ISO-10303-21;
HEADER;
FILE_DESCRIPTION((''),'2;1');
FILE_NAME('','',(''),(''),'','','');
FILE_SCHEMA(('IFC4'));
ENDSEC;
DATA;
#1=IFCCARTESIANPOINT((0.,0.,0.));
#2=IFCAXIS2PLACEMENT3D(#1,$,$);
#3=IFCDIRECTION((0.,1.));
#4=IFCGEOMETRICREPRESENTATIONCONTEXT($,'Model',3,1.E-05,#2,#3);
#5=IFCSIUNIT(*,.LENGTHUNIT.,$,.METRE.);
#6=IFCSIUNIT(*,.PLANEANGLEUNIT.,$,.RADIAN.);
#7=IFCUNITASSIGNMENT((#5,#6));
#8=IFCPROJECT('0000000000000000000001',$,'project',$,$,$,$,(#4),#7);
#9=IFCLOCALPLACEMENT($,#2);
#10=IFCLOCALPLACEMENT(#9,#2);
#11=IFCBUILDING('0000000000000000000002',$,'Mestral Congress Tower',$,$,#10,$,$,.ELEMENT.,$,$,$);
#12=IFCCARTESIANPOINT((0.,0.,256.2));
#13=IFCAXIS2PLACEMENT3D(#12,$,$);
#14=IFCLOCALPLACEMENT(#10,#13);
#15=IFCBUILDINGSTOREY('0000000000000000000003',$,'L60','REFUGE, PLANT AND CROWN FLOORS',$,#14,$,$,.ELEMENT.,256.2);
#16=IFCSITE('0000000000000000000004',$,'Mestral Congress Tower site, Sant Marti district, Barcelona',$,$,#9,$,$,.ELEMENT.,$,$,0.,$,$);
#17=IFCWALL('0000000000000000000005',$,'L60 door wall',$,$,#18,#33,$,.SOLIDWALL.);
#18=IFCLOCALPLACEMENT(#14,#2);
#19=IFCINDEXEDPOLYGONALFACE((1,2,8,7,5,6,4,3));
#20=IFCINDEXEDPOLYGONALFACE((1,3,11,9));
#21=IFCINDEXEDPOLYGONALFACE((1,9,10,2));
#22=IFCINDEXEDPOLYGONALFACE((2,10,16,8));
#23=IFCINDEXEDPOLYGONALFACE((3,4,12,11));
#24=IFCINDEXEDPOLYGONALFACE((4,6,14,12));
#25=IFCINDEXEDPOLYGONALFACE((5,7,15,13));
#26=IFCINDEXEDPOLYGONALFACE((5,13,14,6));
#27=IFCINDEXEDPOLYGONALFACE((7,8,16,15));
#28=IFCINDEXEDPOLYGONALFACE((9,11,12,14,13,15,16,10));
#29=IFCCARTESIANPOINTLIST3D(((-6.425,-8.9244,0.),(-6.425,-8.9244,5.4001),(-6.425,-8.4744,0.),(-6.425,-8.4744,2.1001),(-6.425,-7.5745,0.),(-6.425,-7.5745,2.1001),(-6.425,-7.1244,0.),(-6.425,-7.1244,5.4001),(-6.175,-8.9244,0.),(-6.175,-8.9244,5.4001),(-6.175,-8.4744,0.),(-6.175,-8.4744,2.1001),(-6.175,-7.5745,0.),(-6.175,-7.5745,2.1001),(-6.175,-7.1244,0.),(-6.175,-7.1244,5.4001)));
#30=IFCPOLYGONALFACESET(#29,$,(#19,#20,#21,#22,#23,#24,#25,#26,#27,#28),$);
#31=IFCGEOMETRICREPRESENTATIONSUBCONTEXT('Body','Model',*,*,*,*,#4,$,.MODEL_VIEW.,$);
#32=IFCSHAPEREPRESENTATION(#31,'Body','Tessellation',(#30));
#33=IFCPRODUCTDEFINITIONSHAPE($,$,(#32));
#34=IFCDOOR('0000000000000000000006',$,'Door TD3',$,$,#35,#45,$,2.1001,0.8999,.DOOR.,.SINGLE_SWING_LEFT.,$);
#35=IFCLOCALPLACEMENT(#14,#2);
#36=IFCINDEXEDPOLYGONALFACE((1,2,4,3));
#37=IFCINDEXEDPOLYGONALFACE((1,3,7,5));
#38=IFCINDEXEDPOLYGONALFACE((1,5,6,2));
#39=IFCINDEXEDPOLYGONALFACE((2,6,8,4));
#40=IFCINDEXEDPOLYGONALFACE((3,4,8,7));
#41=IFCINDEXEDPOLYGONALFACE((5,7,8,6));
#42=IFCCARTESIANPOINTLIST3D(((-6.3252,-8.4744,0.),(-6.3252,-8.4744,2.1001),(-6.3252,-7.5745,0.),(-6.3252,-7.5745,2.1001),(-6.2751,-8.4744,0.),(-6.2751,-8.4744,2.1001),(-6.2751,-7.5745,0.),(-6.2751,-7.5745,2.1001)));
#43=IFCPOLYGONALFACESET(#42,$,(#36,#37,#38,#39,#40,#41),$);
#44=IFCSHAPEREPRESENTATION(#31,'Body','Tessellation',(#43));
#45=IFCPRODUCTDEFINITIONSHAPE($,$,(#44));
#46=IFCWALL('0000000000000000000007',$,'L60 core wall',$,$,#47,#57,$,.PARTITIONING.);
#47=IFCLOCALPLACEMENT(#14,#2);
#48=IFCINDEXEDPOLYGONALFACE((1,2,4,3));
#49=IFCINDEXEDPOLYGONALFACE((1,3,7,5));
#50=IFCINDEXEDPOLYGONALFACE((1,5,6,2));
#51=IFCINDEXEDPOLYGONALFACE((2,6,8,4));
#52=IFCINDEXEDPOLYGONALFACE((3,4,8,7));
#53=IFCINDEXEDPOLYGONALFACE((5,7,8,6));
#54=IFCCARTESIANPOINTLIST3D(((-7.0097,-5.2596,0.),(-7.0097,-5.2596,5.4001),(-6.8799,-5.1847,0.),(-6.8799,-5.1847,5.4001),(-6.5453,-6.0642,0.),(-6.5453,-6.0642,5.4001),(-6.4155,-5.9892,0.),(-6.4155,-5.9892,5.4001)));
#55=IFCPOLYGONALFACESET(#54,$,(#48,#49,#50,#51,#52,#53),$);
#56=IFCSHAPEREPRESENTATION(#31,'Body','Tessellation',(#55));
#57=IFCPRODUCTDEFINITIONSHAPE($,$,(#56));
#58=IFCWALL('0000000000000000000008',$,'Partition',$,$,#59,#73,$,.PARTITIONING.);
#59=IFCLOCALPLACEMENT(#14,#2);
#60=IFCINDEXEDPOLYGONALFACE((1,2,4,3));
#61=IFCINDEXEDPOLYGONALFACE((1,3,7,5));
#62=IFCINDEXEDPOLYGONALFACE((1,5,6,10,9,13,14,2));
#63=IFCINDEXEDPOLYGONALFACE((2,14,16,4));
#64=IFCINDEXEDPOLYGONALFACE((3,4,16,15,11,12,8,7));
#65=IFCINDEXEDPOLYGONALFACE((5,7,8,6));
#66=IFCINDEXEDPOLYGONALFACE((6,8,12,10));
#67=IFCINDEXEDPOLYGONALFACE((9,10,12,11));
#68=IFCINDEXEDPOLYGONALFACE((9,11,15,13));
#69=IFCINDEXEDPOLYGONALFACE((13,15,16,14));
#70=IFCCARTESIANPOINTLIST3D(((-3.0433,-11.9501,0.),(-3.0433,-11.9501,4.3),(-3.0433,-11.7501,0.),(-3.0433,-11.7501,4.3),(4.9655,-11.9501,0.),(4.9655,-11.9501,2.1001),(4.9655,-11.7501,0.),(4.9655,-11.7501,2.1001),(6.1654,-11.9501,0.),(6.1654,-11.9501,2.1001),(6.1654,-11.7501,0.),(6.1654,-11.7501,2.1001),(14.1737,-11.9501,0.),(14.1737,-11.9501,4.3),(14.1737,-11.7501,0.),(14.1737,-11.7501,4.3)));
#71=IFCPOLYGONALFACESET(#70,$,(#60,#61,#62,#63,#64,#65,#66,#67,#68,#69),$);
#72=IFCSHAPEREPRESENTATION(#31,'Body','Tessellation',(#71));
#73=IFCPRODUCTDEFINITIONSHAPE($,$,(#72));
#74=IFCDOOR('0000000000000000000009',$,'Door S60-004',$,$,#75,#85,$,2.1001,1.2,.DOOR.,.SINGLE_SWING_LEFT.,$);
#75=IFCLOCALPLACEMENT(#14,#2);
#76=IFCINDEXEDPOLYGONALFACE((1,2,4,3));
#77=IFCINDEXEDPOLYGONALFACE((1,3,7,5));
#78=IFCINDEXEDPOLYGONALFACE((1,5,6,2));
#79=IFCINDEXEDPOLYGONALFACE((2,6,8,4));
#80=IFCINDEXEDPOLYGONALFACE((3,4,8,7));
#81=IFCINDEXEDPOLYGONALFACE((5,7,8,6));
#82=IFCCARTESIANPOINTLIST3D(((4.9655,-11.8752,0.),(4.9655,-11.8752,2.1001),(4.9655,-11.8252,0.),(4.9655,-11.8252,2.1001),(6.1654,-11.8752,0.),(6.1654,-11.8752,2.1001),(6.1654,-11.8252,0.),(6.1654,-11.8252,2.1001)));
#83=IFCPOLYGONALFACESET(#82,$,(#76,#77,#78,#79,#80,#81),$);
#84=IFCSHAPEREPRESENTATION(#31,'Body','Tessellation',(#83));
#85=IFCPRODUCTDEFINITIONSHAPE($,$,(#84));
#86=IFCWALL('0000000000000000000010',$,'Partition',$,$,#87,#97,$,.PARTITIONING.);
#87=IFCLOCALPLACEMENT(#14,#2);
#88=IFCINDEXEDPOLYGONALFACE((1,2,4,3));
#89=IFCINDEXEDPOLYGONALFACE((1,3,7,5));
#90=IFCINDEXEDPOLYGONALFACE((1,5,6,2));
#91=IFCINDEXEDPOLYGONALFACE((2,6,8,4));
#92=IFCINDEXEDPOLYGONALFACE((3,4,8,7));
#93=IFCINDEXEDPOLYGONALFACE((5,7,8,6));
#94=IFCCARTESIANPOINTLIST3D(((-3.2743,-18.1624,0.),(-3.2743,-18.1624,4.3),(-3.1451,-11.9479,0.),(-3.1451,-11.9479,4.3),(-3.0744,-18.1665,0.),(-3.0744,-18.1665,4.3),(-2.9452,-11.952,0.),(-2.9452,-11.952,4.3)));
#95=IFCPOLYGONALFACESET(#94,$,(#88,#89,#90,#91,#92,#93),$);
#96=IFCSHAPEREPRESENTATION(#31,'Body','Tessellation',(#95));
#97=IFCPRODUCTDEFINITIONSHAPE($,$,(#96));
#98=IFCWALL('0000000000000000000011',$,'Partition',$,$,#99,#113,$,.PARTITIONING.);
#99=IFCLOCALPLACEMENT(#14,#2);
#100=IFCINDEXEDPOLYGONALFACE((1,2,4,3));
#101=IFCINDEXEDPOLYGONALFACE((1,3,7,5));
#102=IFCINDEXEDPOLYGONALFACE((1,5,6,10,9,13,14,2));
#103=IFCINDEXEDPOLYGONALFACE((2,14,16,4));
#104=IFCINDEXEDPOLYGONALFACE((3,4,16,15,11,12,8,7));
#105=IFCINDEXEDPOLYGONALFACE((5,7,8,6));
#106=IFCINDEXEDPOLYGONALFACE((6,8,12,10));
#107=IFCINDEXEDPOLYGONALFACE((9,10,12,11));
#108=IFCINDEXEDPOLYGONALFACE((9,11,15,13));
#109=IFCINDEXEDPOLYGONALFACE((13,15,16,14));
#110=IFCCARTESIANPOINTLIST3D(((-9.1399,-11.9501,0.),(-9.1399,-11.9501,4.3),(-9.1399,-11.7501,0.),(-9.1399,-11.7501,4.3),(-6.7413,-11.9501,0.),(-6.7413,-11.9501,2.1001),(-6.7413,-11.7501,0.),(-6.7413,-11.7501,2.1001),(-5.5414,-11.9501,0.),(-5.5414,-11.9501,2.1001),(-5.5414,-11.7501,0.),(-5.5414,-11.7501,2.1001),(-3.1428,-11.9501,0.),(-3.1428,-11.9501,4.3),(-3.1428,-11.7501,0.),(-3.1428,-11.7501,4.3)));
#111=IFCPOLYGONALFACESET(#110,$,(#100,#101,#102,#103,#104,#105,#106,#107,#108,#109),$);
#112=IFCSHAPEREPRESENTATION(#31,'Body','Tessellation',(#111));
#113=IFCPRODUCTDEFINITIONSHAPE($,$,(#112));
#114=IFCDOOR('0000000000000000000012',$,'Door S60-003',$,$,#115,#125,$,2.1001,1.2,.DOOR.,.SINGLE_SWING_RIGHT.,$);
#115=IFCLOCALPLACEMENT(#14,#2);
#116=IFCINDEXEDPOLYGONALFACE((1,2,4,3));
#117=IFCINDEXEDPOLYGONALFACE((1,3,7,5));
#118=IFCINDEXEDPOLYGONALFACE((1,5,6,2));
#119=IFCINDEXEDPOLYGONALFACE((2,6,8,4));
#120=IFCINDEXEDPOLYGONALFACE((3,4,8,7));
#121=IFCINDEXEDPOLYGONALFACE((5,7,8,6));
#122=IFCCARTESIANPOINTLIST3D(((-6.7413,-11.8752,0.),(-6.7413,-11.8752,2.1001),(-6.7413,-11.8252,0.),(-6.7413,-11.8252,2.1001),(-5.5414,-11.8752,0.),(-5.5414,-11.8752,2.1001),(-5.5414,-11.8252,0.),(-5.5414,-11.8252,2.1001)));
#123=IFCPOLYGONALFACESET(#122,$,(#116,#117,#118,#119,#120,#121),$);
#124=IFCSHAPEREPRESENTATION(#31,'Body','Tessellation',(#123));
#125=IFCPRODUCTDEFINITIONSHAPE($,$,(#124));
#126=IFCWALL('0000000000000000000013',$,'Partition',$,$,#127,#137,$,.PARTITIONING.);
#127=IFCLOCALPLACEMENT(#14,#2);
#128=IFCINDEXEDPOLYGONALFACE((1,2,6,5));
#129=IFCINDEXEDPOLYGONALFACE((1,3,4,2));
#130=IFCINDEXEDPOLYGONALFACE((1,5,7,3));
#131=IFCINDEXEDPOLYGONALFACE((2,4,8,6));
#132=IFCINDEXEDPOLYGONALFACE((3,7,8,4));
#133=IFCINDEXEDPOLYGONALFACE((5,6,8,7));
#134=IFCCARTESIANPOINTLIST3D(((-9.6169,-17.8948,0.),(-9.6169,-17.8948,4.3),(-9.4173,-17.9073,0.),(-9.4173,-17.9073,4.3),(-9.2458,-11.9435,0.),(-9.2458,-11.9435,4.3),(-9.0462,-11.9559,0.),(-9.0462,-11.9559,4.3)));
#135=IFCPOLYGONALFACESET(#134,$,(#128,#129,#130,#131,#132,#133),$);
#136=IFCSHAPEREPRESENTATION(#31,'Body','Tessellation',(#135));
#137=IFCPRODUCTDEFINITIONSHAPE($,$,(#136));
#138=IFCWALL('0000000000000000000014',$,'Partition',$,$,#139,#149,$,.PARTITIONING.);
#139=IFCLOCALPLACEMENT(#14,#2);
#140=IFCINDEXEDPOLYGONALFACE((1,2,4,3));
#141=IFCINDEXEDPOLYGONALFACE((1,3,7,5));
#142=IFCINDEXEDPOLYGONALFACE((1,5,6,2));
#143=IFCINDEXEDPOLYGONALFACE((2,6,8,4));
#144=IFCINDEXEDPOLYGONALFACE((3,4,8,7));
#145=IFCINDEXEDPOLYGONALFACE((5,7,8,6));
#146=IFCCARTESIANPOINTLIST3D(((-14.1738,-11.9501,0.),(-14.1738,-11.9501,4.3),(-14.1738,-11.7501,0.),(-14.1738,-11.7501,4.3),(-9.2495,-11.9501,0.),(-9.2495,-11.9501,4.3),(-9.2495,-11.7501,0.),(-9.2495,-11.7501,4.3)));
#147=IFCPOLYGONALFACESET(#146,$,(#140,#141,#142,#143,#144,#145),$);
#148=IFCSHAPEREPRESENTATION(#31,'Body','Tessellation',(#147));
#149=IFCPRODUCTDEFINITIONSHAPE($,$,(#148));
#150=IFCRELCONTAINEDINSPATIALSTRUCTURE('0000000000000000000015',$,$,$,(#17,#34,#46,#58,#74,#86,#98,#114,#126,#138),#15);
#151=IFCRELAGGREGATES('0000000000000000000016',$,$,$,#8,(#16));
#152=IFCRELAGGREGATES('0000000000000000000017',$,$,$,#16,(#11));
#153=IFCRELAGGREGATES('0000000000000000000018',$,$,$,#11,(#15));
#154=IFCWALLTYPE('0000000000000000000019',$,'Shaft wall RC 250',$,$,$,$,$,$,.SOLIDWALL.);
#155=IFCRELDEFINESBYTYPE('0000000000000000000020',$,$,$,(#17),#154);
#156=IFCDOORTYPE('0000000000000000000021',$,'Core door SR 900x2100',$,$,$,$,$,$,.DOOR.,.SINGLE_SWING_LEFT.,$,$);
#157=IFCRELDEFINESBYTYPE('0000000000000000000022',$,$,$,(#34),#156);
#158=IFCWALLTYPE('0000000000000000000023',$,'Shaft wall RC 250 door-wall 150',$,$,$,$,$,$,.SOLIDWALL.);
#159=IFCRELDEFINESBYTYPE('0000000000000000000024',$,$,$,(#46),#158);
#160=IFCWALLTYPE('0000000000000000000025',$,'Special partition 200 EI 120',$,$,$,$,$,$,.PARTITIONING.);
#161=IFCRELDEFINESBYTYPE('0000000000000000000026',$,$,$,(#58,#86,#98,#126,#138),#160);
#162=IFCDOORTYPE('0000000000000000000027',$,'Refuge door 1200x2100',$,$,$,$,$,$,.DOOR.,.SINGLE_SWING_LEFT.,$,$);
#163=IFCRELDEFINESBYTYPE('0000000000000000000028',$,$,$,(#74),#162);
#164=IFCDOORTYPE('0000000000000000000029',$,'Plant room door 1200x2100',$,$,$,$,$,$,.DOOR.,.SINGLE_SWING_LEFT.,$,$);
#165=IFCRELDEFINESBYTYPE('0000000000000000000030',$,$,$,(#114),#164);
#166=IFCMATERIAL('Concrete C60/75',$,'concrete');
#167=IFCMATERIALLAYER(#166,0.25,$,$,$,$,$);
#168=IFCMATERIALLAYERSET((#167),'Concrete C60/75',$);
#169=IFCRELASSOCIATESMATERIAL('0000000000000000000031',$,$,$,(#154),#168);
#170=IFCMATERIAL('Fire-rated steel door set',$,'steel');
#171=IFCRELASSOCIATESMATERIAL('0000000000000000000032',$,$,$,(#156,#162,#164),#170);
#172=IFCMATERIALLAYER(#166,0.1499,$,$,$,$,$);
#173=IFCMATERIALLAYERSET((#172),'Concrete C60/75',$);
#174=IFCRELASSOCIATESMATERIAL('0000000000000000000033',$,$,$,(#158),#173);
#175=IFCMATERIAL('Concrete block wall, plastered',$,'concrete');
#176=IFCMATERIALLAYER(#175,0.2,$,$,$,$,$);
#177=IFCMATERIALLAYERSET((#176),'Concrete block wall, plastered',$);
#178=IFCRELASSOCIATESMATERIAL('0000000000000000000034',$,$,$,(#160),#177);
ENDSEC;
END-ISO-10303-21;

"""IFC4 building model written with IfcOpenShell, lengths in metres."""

from ifc_helpers import new_model, si_unit, direction, frame, frame_2d, origin, place, context, subcontext, project, spatial, rectangle, extrude, material, layer, layer_set, type_object, element, fill, save


model = new_model("IFC4")

# Units and contexts
model_context = context("Model", 3, precision=1e-05, world=origin(), true_north=direction((0.0, 1.0)))
body_context = subcontext(model_context, "Body", "Model", "MODEL_VIEW")
ifc_project = project(units=[si_unit("LENGTHUNIT", "METRE"), si_unit("PLANEANGLEUNIT", "RADIAN")], contexts=[model_context])

# Site, building, storey
site_placement = place(None, origin())
site = spatial("IfcSite", under=ifc_project, at=site_placement, Name="Mestral Congress Tower site, Sant Marti district, Barcelona", CompositionType="ELEMENT", RefElevation=0.0)
building_placement = place(site_placement, origin())
building = spatial("IfcBuilding", under=site, at=building_placement, Name="Mestral Congress Tower", CompositionType="ELEMENT")
storey_placement = place(building_placement, frame((0.0, 0.0, 256.2)))
storey = spatial("IfcBuildingStorey", under=building, at=storey_placement, Name="L60", Description="REFUGE, PLANT AND CROWN FLOORS", CompositionType="ELEMENT", Elevation=256.2)

# Shared definitions
ifc_material_1 = material(Name="Concrete C60/75", Category="concrete")
ifc_layer_1 = layer(ifc_material_1, 0.25)
ifc_layer_set_1 = layer_set([ifc_layer_1], Name="Concrete C60/75")
wall_type_1 = type_object("IfcWallType", Name="Shaft wall RC 250", PredefinedType="SOLIDWALL", material=ifc_layer_set_1)

# Shared definitions
ifc_material_2 = material(Name="Fire-rated steel door set", Category="steel")

# Wall, opening, door
wall_1_placement = place(storey_placement, frame((-6.3, -7.1245, 0.0), z_axis=(0.0, 0.0, 1.0), x_axis=(0.0, -1.0, 0.0)))
wall_1 = element("IfcWall", 1, at=wall_1_placement, inside=storey, type_object=wall_type_1, Name="L60 door wall", PredefinedType="SOLIDWALL", context=body_context, shape_type="SweptSolid", body=[
    extrude(rectangle(XDim=1.8, YDim=0.25, at=frame_2d((0.8999, 0.0))), origin(), (0.0, 0.0, 1.0), 5.4001),
])
opening_1_placement = place(wall_1_placement, frame((0.45, 0.0, 0.0)))
opening_1 = element("IfcOpeningElement", 2, at=opening_1_placement, cuts=wall_1, PredefinedType="OPENING", context=body_context, shape_type="SweptSolid", body=[
    extrude(rectangle(XDim=0.8999, YDim=2.1001, at=frame_2d((0.45, 1.05))), frame((0.0, 0.135, 0.0), z_axis=(0.0, -1.0, 0.0), x_axis=(1.0, 0.0, 0.0)), (0.0, 0.0, 1.0), 0.27),
])
door_type_1 = type_object("IfcDoorType", Name="Core door SR 900x2100", OperationType="SINGLE_SWING_LEFT", PredefinedType="DOOR", material=ifc_material_2)
door_1_placement = place(opening_1_placement, origin())
door_1 = element("IfcDoor", 3, at=door_1_placement, inside=storey, type_object=door_type_1, Name="Door TD3", OperationType="SINGLE_SWING_LEFT", OverallHeight=2.1001, OverallWidth=0.8999, PredefinedType="DOOR", context=body_context, shape_type="SweptSolid", body=[
    extrude(rectangle(XDim=0.8999, YDim=2.1001, at=frame_2d((0.45, 1.05))), frame((0.0, 0.0249, 0.0), z_axis=(0.0, -1.0, 0.0), x_axis=(1.0, 0.0, 0.0)), (0.0, 0.0, 1.0), 0.05),
])
fill(opening_1, door_1)

# Wall
ifc_layer_2 = layer(ifc_material_1, 0.1499)
ifc_layer_set_2 = layer_set([ifc_layer_2], Name="Concrete C60/75")
wall_type_2 = type_object("IfcWallType", Name="Shaft wall RC 250 door-wall 150", PredefinedType="SOLIDWALL", material=ifc_layer_set_2)
wall_2_placement = place(storey_placement, frame((-6.4805, -6.0266, 0.0), z_axis=(0.0, 0.0, 1.0), x_axis=(-0.499927, 0.866067, 0.0)))
element("IfcWall", 4, at=wall_2_placement, inside=storey, type_object=wall_type_2, Name="L60 core wall", PredefinedType="PARTITIONING", context=body_context, shape_type="SweptSolid", body=[
    extrude(rectangle(XDim=0.929, YDim=0.1499, at=frame_2d((0.4644, 0.0))), origin(), (0.0, 0.0, 1.0), 5.4001),
])

# Wall, opening, door
ifc_material_3 = material(Name="Concrete block wall, plastered", Category="concrete")
ifc_layer_3 = layer(ifc_material_3, 0.2)
ifc_layer_set_3 = layer_set([ifc_layer_3], Name="Concrete block wall, plastered")
wall_type_3 = type_object("IfcWallType", Name="Special partition 200 EI 120", PredefinedType="PARTITIONING", material=ifc_layer_set_3)
wall_3_placement = place(storey_placement, frame((-3.0432, -11.8501, 0.0), z_axis=(0.0, 0.0, 1.0), x_axis=(1.0, 0.0, 0.0)))
wall_3 = element("IfcWall", 5, at=wall_3_placement, inside=storey, type_object=wall_type_3, Name="Partition", PredefinedType="PARTITIONING", context=body_context, shape_type="SweptSolid", body=[
    extrude(rectangle(XDim=17.217, YDim=0.2, at=frame_2d((8.6084, 0.0))), origin(), (0.0, 0.0, 1.0), 4.3),
])
opening_2_placement = place(wall_3_placement, frame((8.0085, 0.0, 0.0)))
opening_2 = element("IfcOpeningElement", 6, at=opening_2_placement, cuts=wall_3, PredefinedType="OPENING", context=body_context, shape_type="SweptSolid", body=[
    extrude(rectangle(XDim=1.2, YDim=2.1001, at=frame_2d((0.6001, 1.05))), frame((0.0, 0.1099, 0.0), z_axis=(0.0, -1.0, 0.0), x_axis=(1.0, 0.0, 0.0)), (0.0, 0.0, 1.0), 0.22),
])
door_type_2 = type_object("IfcDoorType", Name="Refuge door 1200x2100", OperationType="SINGLE_SWING_LEFT", PredefinedType="DOOR", material=ifc_material_2)
door_2_placement = place(opening_2_placement, origin())
door_2 = element("IfcDoor", 7, at=door_2_placement, inside=storey, type_object=door_type_2, Name="Door S60-004", OperationType="SINGLE_SWING_LEFT", OverallHeight=2.1001, OverallWidth=1.2, PredefinedType="DOOR", context=body_context, shape_type="SweptSolid", body=[
    extrude(rectangle(XDim=1.2, YDim=2.1001, at=frame_2d((0.6001, 1.05))), frame((0.0, 0.0249, 0.0), z_axis=(0.0, -1.0, 0.0), x_axis=(1.0, 0.0, 0.0)), (0.0, 0.0, 1.0), 0.05),
])
fill(opening_2, door_2)

# Wall
wall_4_placement = place(storey_placement, frame((-3.0452, -11.95, 0.0), z_axis=(0.0, 0.0, 1.0), x_axis=(-0.020777, -0.999784, 0.0)))
element("IfcWall", 8, at=wall_4_placement, inside=storey, type_object=wall_type_3, Name="Partition", PredefinedType="PARTITIONING", context=body_context, shape_type="SweptSolid", body=[
    extrude(rectangle(XDim=6.2158, YDim=0.2, at=frame_2d((3.1079, 0.0))), origin(), (0.0, 0.0, 1.0), 4.3),
])

# Wall, opening, door
wall_5_placement = place(storey_placement, frame((-9.1399, -11.8501, 0.0), z_axis=(0.0, 0.0, 1.0), x_axis=(1.0, 0.0, 0.0)))
wall_5 = element("IfcWall", 9, at=wall_5_placement, inside=storey, type_object=wall_type_3, Name="Partition", PredefinedType="PARTITIONING", context=body_context, shape_type="SweptSolid", body=[
    extrude(rectangle(XDim=5.9971, YDim=0.2, at=frame_2d((2.9985, 0.0))), origin(), (0.0, 0.0, 1.0), 4.3),
])
opening_3_placement = place(wall_5_placement, frame((2.3984, 0.0, 0.0)))
opening_3 = element("IfcOpeningElement", 10, at=opening_3_placement, cuts=wall_5, PredefinedType="OPENING", context=body_context, shape_type="SweptSolid", body=[
    extrude(rectangle(XDim=1.2, YDim=2.1001, at=frame_2d((0.6001, 1.05))), frame((0.0, 0.1099, 0.0), z_axis=(0.0, -1.0, 0.0), x_axis=(1.0, 0.0, 0.0)), (0.0, 0.0, 1.0), 0.22),
])
door_type_3 = type_object("IfcDoorType", Name="Plant room door 1200x2100", OperationType="SINGLE_SWING_LEFT", PredefinedType="DOOR", material=ifc_material_2)
door_3_placement = place(opening_3_placement, origin())
door_3 = element("IfcDoor", 11, at=door_3_placement, inside=storey, type_object=door_type_3, Name="Door S60-003", OperationType="SINGLE_SWING_RIGHT", OverallHeight=2.1001, OverallWidth=1.2, PredefinedType="DOOR", context=body_context, shape_type="SweptSolid", body=[
    extrude(rectangle(XDim=1.2, YDim=2.1001, at=frame_2d((0.6001, 1.05))), frame((0.0, 0.0249, 0.0), z_axis=(0.0, -1.0, 0.0), x_axis=(1.0, 0.0, 0.0)), (0.0, 0.0, 1.0), 0.05),
])
fill(opening_3, door_3)

# Walls
wall_6_placement = place(storey_placement, frame((-9.146, -11.9497, 0.0), z_axis=(0.0, 0.0, 1.0), x_axis=(-0.062233, -0.998062, 0.0)))
element("IfcWall", 12, at=wall_6_placement, inside=storey, type_object=wall_type_3, Name="Partition", PredefinedType="PARTITIONING", context=body_context, shape_type="SweptSolid", body=[
    extrude(rectangle(XDim=5.9629, YDim=0.2, at=frame_2d((2.9814, 0.0))), origin(), (0.0, 0.0, 1.0), 4.3),
])
wall_7_placement = place(storey_placement, frame((-9.2495, -11.8501, 0.0), z_axis=(0.0, 0.0, 1.0), x_axis=(-1.0, 0.0, 0.0)))
element("IfcWall", 13, at=wall_7_placement, inside=storey, type_object=wall_type_3, Name="Partition", PredefinedType="PARTITIONING", context=body_context, shape_type="SweptSolid", body=[
    extrude(rectangle(XDim=4.9243, YDim=0.2, at=frame_2d((2.4622, 0.0))), origin(), (0.0, 0.0, 1.0), 4.3),
])

save(model, "model.ifc")
